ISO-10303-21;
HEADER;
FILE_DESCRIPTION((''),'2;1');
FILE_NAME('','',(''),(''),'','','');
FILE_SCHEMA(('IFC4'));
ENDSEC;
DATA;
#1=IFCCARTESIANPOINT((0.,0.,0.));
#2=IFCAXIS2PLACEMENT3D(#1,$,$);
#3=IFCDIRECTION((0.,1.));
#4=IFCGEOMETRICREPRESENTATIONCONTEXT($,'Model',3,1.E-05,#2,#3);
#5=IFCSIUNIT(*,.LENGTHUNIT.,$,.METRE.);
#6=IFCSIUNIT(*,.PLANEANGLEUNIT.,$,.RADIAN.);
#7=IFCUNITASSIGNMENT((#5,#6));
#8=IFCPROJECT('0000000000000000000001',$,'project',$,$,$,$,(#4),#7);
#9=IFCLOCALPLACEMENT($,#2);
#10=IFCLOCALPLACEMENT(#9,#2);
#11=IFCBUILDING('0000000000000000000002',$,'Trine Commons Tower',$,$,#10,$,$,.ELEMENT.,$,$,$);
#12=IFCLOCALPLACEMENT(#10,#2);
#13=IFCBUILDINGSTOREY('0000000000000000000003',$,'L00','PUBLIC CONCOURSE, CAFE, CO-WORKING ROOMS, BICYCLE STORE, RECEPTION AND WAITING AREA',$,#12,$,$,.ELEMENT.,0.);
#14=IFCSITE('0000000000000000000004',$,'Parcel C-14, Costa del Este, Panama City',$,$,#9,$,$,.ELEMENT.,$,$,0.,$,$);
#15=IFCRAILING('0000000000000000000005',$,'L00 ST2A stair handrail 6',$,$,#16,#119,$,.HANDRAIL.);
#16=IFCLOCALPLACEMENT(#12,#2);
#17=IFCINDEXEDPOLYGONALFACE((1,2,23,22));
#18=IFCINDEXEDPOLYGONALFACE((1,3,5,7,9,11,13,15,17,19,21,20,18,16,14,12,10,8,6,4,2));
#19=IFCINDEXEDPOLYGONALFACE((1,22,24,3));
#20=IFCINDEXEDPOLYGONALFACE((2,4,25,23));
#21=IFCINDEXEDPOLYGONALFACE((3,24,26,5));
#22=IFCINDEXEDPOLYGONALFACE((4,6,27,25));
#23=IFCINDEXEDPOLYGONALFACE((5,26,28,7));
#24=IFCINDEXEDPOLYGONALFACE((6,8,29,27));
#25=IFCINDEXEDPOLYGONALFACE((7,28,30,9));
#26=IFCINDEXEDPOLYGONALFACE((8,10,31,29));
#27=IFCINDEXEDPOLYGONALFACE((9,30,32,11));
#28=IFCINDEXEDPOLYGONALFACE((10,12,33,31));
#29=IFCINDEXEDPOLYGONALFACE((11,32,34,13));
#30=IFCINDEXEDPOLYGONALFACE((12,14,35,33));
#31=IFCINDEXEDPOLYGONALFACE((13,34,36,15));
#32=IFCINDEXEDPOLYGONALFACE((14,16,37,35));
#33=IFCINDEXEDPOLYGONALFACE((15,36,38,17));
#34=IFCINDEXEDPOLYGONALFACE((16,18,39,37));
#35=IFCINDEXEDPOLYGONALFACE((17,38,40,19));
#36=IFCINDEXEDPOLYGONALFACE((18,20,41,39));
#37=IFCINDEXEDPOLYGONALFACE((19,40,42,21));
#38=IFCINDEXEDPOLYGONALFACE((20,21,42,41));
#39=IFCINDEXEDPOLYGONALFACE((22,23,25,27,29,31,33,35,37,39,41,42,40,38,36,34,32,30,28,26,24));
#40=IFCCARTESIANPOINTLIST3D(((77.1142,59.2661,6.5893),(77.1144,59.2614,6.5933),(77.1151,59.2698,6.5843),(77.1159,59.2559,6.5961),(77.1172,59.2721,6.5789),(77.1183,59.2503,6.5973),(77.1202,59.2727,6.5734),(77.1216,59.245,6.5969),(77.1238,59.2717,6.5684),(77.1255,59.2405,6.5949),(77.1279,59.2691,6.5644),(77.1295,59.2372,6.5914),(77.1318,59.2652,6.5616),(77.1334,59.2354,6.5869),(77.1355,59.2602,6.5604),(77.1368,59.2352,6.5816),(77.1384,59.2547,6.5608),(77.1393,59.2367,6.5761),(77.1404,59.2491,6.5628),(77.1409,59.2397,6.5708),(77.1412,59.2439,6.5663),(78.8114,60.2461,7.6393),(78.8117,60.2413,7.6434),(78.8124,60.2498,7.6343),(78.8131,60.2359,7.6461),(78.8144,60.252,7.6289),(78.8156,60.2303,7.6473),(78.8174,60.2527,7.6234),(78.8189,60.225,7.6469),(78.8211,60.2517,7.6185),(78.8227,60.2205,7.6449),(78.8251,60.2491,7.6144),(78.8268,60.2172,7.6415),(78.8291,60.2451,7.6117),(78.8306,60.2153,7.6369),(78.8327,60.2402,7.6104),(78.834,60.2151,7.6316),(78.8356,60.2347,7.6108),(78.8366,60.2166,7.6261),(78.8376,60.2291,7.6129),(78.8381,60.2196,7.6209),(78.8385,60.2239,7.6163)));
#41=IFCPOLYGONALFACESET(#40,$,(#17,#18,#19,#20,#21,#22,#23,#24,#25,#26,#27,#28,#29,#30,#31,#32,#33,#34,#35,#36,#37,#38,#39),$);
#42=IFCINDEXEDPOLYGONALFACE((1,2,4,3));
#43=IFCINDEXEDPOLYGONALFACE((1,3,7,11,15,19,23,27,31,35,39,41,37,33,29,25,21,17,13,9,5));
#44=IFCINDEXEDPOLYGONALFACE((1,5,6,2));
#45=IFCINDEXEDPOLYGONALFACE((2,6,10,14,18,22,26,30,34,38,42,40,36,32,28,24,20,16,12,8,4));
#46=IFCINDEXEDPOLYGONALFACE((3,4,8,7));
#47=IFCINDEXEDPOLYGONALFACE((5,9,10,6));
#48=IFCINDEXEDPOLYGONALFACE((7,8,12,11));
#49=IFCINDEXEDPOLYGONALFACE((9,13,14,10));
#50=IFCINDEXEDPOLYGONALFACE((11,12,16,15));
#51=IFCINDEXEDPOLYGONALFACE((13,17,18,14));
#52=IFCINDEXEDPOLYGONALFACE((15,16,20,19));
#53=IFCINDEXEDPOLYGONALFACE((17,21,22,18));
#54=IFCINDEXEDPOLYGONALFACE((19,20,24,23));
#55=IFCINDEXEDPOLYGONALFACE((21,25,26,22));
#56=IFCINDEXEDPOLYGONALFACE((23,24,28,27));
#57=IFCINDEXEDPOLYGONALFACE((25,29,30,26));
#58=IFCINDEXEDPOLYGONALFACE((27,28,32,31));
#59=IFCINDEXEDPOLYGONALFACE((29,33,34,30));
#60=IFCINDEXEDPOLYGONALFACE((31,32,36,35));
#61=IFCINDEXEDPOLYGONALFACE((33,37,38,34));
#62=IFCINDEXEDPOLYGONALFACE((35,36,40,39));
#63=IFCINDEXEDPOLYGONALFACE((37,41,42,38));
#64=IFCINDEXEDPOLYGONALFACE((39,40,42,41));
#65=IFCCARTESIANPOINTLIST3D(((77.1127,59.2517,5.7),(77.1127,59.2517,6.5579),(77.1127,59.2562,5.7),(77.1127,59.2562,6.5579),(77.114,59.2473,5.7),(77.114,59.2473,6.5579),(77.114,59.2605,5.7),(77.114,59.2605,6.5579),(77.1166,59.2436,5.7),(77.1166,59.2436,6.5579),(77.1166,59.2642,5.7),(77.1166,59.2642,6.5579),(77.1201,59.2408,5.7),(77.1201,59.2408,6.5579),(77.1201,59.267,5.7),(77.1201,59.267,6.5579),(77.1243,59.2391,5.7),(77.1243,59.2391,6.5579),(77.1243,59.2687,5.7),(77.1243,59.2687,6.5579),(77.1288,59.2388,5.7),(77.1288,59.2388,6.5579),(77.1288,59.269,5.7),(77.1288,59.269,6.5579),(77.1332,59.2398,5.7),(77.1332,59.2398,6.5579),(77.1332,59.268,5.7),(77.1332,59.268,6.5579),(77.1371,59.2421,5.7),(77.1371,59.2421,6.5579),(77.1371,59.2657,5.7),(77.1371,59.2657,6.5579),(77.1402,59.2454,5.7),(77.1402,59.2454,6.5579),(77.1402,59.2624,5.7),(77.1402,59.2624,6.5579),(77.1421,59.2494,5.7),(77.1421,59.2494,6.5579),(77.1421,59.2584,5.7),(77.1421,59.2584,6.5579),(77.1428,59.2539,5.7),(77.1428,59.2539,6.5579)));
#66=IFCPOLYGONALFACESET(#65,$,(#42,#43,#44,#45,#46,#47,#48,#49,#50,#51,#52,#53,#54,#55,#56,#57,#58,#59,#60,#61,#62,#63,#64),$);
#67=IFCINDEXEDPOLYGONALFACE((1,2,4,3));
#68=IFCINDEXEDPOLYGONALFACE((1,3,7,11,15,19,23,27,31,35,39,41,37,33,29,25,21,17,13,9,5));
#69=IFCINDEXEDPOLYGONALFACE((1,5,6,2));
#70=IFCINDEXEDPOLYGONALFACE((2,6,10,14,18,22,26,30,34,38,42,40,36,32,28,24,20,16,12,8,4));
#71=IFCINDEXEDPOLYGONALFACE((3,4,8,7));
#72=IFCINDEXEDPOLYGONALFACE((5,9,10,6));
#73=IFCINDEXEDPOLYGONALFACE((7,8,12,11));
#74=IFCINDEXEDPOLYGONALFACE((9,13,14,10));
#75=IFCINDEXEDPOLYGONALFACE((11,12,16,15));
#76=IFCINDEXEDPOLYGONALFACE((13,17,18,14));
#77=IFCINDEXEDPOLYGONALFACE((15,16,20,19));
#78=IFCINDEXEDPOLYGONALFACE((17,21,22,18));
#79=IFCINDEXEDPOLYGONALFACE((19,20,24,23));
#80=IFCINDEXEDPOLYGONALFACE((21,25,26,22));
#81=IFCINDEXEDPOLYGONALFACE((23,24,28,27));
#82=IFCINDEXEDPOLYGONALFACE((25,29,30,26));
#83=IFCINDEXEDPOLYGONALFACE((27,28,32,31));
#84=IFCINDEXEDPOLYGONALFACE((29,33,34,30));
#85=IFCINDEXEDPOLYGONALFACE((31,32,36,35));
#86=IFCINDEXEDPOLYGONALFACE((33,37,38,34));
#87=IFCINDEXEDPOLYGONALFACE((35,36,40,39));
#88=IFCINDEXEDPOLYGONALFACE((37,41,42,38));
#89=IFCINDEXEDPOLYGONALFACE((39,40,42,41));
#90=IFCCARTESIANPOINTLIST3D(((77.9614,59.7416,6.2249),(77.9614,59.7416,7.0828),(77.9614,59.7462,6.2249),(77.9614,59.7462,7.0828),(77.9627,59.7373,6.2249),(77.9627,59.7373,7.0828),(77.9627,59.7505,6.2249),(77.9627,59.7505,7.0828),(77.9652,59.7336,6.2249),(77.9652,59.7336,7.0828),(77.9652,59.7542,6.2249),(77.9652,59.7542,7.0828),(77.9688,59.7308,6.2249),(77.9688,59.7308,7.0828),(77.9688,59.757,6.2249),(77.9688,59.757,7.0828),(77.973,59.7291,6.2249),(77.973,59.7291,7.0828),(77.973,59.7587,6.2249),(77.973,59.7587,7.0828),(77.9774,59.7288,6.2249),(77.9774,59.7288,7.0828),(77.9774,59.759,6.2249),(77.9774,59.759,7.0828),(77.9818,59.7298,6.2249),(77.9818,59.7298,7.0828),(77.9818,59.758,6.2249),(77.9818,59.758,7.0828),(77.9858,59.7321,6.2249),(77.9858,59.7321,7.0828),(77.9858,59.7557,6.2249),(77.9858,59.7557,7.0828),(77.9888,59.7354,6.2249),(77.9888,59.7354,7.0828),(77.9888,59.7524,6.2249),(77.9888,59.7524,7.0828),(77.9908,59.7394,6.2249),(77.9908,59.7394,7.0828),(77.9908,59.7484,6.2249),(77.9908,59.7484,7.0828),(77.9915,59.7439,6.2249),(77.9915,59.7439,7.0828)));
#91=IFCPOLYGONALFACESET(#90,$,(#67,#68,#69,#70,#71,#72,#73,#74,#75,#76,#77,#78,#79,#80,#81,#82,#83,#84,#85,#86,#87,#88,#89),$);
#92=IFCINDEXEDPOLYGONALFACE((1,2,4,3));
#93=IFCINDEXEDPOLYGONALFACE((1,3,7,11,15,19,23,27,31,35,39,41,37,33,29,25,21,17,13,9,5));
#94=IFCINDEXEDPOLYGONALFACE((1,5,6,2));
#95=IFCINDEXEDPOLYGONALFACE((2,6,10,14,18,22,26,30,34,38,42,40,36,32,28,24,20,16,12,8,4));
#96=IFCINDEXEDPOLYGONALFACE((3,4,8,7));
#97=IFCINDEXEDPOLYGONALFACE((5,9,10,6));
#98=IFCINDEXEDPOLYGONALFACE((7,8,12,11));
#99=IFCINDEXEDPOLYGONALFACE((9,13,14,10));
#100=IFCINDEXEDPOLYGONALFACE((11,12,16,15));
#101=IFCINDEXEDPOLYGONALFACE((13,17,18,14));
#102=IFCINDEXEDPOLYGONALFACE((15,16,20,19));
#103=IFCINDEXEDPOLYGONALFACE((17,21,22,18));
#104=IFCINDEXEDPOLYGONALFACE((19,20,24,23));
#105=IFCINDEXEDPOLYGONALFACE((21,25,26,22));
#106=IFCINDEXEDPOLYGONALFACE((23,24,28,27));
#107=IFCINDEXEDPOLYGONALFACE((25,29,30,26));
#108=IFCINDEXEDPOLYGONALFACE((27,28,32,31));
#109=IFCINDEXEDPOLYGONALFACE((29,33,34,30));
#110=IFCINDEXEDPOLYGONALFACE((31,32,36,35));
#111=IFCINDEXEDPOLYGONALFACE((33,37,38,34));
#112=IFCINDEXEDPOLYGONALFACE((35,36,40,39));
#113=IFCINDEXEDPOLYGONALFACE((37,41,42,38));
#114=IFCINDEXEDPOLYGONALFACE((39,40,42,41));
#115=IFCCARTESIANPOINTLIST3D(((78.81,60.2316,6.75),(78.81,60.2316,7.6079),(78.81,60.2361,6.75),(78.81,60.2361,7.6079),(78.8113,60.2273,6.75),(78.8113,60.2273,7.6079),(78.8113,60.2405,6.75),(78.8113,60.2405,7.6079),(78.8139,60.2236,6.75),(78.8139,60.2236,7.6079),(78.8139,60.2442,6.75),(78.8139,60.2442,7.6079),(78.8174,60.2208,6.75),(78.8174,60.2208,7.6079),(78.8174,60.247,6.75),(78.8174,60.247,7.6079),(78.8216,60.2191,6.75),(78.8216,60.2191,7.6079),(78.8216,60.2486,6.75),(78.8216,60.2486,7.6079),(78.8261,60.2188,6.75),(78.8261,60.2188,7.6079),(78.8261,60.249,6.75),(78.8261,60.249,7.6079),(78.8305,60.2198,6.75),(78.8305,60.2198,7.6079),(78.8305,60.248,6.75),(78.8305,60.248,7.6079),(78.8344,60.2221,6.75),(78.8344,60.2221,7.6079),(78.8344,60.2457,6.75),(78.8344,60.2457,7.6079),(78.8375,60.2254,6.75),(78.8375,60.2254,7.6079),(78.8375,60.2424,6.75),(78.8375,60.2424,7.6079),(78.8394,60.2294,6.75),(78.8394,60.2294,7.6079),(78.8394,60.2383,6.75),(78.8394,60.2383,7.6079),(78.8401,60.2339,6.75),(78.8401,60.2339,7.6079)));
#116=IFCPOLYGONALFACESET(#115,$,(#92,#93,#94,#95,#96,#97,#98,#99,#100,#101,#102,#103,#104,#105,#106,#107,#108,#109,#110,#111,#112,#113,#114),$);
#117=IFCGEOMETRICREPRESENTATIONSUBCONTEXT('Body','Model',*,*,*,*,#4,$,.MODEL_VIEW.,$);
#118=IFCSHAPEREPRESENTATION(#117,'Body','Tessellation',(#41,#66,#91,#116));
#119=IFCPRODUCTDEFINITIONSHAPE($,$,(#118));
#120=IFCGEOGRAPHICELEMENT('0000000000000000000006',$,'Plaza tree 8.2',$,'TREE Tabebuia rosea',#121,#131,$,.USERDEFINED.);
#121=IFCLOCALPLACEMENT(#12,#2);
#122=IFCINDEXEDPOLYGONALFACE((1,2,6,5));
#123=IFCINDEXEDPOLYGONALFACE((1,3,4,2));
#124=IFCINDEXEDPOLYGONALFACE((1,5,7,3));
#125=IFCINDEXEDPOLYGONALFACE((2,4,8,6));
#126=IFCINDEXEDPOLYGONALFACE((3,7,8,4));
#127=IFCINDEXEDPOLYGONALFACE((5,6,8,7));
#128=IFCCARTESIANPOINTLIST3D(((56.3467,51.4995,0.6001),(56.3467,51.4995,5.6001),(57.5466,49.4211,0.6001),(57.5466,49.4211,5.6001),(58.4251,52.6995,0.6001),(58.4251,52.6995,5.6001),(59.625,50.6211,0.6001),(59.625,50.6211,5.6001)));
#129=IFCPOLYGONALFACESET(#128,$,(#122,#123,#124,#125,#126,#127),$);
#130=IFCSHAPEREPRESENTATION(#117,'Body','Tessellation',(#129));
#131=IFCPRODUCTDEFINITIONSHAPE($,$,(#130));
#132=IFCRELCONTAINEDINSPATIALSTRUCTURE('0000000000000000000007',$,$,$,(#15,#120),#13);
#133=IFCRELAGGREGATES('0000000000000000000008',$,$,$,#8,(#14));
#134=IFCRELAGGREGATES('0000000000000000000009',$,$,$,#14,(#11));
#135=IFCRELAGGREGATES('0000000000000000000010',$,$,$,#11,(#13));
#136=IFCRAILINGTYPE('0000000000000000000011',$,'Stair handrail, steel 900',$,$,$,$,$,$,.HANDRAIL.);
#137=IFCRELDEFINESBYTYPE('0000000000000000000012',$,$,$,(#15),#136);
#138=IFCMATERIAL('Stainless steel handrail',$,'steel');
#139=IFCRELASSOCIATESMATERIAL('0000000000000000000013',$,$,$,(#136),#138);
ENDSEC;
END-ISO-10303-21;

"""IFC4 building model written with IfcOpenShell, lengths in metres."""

from ifc_helpers import new_model, si_unit, direction, frame, origin, origin_2d, place, context, subcontext, project, spatial, rectangle, circle, extrude, material, type_object, element, save


model = new_model("IFC4")

# Units and contexts
model_context = context("Model", 3, precision=1e-05, world=origin(), true_north=direction((0.0, 1.0)))
body_context = subcontext(model_context, "Body", "Model", "MODEL_VIEW")
ifc_project = project(units=[si_unit("LENGTHUNIT", "METRE"), si_unit("PLANEANGLEUNIT", "RADIAN")], contexts=[model_context])

# Site, building, storey
site_placement = place(None, origin())
site = spatial("IfcSite", under=ifc_project, at=site_placement, Name="Parcel C-14, Costa del Este, Panama City", CompositionType="ELEMENT", RefElevation=0.0)
building_placement = place(site_placement, origin())
building = spatial("IfcBuilding", under=site, at=building_placement, Name="Trine Commons Tower", CompositionType="ELEMENT")
storey_placement = place(building_placement, origin())
storey = spatial("IfcBuildingStorey", under=building, at=storey_placement, Name="L00", Description="PUBLIC CONCOURSE, CAFE, CO-WORKING ROOMS, BICYCLE STORE, RECEPTION AND WAITING AREA", CompositionType="ELEMENT", Elevation=0.0)

# Railing
ifc_material_1 = material(Name="Stainless steel handrail", Category="steel")
railing_type = type_object("IfcRailingType", Name="Stair handrail, steel 900", PredefinedType="HANDRAIL", material=ifc_material_1)
railing_1_placement = place(storey_placement, frame((77.1277, 59.2539, 5.7)))
element("IfcRailing", 1, at=railing_1_placement, inside=storey, type_object=railing_type, Name="L00 ST2A stair handrail 6", PredefinedType="HANDRAIL", context=body_context, shape_type="SweptSolid", body=[
    extrude(circle(Radius=0.021, at=origin_2d()), frame((0.0, 0.0, 0.8789), z_axis=(0.763352, 0.44075, 0.472264), x_axis=(-0.500024, 0.866011, 0.0)), (0.0, 0.0, 1.0), 2.2234),
    extrude(circle(Radius=0.0151, at=origin_2d()), origin(), (0.0, 0.0, 1.0), 0.8579),
    extrude(circle(Radius=0.0151, at=origin_2d()), frame((0.8486, 0.49, 0.5249)), (0.0, 0.0, 1.0), 0.8579),
    extrude(circle(Radius=0.0151, at=origin_2d()), frame((1.6973, 0.98, 1.05)), (0.0, 0.0, 1.0), 0.8579),
])

# Geographic element
geographic_element_placement = place(storey_placement, frame((57.9858, 51.0603, 0.6001), z_axis=(0.0, 0.0, 1.0), x_axis=(-0.5, 0.866025, 0.0)))
element("IfcGeographicElement", 2, at=geographic_element_placement, inside=storey, Name="Plaza tree 8.2", ObjectType="TREE Tabebuia rosea", PredefinedType="USERDEFINED", context=body_context, shape_type="SweptSolid", body=[
    extrude(rectangle(XDim=2.3999, YDim=2.3999, at=origin_2d()), origin(), (0.0, 0.0, 1.0), 5.0),
])

save(model, "model.ifc")
